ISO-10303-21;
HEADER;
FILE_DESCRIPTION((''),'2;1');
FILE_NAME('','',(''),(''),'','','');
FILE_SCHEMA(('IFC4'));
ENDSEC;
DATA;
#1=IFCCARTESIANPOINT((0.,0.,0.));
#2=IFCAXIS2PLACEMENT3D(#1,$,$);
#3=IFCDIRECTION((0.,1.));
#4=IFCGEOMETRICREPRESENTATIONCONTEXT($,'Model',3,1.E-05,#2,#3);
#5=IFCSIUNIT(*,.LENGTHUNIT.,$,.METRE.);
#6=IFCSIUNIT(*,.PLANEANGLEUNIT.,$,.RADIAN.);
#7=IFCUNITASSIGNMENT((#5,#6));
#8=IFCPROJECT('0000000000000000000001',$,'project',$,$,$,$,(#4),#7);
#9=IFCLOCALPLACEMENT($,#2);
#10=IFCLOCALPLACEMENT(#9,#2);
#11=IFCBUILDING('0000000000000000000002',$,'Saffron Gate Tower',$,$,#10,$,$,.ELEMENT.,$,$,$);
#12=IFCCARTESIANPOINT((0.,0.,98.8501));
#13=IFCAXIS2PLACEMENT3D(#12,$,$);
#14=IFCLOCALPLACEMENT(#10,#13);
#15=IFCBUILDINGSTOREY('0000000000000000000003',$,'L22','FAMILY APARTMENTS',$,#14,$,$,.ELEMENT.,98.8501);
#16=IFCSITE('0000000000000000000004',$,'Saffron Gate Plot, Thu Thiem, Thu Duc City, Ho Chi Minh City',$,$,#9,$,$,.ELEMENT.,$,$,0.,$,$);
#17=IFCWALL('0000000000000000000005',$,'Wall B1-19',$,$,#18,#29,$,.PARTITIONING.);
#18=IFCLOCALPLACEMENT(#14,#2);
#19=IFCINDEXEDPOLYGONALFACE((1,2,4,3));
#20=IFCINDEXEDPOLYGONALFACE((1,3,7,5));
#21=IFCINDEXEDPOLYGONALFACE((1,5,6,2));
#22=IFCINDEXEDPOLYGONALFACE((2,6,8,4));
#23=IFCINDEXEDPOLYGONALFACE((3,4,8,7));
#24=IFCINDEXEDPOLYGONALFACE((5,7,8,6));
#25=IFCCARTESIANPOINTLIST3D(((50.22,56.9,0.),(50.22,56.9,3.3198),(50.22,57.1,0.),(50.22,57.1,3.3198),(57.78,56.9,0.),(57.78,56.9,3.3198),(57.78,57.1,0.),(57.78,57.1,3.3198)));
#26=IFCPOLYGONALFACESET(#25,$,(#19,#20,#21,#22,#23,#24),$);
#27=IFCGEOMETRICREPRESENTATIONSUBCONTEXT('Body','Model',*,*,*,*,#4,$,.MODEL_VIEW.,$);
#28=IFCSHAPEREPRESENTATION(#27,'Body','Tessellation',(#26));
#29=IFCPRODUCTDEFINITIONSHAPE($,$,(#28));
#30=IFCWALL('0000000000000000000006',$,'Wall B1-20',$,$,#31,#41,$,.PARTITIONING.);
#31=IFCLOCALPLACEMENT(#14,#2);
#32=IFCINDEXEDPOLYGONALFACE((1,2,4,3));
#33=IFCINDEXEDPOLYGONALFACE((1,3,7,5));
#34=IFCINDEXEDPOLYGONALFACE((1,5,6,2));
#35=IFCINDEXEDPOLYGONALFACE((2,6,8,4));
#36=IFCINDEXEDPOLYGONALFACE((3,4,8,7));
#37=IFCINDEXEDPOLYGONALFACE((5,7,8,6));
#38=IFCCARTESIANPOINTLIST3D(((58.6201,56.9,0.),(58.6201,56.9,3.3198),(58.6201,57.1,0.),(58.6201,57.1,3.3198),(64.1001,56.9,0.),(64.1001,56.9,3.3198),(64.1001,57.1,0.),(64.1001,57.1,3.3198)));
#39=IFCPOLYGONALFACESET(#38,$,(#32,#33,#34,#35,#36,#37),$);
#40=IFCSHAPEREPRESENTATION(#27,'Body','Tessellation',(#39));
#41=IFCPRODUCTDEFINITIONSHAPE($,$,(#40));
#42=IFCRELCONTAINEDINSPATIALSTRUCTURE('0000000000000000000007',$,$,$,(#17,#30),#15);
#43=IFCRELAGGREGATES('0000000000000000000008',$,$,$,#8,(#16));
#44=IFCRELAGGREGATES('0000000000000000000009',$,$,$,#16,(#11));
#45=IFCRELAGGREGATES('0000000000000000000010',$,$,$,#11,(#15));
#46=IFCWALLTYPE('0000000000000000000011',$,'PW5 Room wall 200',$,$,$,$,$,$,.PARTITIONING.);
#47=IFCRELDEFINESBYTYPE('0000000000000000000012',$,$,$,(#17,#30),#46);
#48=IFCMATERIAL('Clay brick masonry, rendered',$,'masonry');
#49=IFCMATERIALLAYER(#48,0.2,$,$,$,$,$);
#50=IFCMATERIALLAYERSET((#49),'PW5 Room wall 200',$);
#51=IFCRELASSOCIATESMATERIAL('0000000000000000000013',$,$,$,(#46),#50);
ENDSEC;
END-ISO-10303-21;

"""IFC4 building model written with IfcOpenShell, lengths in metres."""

from ifc_helpers import new_model, si_unit, direction, frame, frame_2d, origin, place, context, subcontext, project, spatial, rectangle, extrude, material, layer, layer_set, type_object, element, save


model = new_model("IFC4")

# Units and contexts
model_context = context("Model", 3, precision=1e-05, world=origin(), true_north=direction((0.0, 1.0)))
body_context = subcontext(model_context, "Body", "Model", "MODEL_VIEW")
ifc_project = project(units=[si_unit("LENGTHUNIT", "METRE"), si_unit("PLANEANGLEUNIT", "RADIAN")], contexts=[model_context])

# Site, building, storey
site_placement = place(None, origin())
site = spatial("IfcSite", under=ifc_project, at=site_placement, Name="Saffron Gate Plot, Thu Thiem, Thu Duc City, Ho Chi Minh City", CompositionType="ELEMENT", RefElevation=0.0)
building_placement = place(site_placement, origin())
building = spatial("IfcBuilding", under=site, at=building_placement, Name="Saffron Gate Tower", CompositionType="ELEMENT")
storey_placement = place(building_placement, frame((0.0, 0.0, 98.8501)))
storey = spatial("IfcBuildingStorey", under=building, at=storey_placement, Name="L22", Description="FAMILY APARTMENTS", CompositionType="ELEMENT", Elevation=98.8501)

# Shared definitions
ifc_material_1 = material(Name="Clay brick masonry, rendered", Category="masonry")

# Walls
ifc_layer_1 = layer(ifc_material_1, 0.2)
ifc_layer_set_1 = layer_set([ifc_layer_1], Name="PW5 Room wall 200")
wall_type_1 = type_object("IfcWallType", Name="PW5 Room wall 200", PredefinedType="PARTITIONING", material=ifc_layer_set_1)
wall_1_placement = place(storey_placement, frame((50.22, 57.0, 0.0), z_axis=(0.0, 0.0, 1.0), x_axis=(1.0, 0.0, 0.0)))
element("IfcWall", 1, at=wall_1_placement, inside=storey, type_object=wall_type_1, Name="Wall B1-19", PredefinedType="PARTITIONING", context=body_context, shape_type="SweptSolid", body=[
    extrude(rectangle(XDim=7.5601, YDim=0.2, at=frame_2d((3.78, 0.0))), origin(), (0.0, 0.0, 1.0), 3.3198),
])
wall_2_placement = place(storey_placement, frame((58.6201, 57.0, 0.0), z_axis=(0.0, 0.0, 1.0), x_axis=(1.0, 0.0, 0.0)))
element("IfcWall", 2, at=wall_2_placement, inside=storey, type_object=wall_type_1, Name="Wall B1-20", PredefinedType="PARTITIONING", context=body_context, shape_type="SweptSolid", body=[
    extrude(rectangle(XDim=5.48, YDim=0.2, at=frame_2d((2.74, 0.0))), origin(), (0.0, 0.0, 1.0), 3.3198),
])

save(model, "model.ifc")
